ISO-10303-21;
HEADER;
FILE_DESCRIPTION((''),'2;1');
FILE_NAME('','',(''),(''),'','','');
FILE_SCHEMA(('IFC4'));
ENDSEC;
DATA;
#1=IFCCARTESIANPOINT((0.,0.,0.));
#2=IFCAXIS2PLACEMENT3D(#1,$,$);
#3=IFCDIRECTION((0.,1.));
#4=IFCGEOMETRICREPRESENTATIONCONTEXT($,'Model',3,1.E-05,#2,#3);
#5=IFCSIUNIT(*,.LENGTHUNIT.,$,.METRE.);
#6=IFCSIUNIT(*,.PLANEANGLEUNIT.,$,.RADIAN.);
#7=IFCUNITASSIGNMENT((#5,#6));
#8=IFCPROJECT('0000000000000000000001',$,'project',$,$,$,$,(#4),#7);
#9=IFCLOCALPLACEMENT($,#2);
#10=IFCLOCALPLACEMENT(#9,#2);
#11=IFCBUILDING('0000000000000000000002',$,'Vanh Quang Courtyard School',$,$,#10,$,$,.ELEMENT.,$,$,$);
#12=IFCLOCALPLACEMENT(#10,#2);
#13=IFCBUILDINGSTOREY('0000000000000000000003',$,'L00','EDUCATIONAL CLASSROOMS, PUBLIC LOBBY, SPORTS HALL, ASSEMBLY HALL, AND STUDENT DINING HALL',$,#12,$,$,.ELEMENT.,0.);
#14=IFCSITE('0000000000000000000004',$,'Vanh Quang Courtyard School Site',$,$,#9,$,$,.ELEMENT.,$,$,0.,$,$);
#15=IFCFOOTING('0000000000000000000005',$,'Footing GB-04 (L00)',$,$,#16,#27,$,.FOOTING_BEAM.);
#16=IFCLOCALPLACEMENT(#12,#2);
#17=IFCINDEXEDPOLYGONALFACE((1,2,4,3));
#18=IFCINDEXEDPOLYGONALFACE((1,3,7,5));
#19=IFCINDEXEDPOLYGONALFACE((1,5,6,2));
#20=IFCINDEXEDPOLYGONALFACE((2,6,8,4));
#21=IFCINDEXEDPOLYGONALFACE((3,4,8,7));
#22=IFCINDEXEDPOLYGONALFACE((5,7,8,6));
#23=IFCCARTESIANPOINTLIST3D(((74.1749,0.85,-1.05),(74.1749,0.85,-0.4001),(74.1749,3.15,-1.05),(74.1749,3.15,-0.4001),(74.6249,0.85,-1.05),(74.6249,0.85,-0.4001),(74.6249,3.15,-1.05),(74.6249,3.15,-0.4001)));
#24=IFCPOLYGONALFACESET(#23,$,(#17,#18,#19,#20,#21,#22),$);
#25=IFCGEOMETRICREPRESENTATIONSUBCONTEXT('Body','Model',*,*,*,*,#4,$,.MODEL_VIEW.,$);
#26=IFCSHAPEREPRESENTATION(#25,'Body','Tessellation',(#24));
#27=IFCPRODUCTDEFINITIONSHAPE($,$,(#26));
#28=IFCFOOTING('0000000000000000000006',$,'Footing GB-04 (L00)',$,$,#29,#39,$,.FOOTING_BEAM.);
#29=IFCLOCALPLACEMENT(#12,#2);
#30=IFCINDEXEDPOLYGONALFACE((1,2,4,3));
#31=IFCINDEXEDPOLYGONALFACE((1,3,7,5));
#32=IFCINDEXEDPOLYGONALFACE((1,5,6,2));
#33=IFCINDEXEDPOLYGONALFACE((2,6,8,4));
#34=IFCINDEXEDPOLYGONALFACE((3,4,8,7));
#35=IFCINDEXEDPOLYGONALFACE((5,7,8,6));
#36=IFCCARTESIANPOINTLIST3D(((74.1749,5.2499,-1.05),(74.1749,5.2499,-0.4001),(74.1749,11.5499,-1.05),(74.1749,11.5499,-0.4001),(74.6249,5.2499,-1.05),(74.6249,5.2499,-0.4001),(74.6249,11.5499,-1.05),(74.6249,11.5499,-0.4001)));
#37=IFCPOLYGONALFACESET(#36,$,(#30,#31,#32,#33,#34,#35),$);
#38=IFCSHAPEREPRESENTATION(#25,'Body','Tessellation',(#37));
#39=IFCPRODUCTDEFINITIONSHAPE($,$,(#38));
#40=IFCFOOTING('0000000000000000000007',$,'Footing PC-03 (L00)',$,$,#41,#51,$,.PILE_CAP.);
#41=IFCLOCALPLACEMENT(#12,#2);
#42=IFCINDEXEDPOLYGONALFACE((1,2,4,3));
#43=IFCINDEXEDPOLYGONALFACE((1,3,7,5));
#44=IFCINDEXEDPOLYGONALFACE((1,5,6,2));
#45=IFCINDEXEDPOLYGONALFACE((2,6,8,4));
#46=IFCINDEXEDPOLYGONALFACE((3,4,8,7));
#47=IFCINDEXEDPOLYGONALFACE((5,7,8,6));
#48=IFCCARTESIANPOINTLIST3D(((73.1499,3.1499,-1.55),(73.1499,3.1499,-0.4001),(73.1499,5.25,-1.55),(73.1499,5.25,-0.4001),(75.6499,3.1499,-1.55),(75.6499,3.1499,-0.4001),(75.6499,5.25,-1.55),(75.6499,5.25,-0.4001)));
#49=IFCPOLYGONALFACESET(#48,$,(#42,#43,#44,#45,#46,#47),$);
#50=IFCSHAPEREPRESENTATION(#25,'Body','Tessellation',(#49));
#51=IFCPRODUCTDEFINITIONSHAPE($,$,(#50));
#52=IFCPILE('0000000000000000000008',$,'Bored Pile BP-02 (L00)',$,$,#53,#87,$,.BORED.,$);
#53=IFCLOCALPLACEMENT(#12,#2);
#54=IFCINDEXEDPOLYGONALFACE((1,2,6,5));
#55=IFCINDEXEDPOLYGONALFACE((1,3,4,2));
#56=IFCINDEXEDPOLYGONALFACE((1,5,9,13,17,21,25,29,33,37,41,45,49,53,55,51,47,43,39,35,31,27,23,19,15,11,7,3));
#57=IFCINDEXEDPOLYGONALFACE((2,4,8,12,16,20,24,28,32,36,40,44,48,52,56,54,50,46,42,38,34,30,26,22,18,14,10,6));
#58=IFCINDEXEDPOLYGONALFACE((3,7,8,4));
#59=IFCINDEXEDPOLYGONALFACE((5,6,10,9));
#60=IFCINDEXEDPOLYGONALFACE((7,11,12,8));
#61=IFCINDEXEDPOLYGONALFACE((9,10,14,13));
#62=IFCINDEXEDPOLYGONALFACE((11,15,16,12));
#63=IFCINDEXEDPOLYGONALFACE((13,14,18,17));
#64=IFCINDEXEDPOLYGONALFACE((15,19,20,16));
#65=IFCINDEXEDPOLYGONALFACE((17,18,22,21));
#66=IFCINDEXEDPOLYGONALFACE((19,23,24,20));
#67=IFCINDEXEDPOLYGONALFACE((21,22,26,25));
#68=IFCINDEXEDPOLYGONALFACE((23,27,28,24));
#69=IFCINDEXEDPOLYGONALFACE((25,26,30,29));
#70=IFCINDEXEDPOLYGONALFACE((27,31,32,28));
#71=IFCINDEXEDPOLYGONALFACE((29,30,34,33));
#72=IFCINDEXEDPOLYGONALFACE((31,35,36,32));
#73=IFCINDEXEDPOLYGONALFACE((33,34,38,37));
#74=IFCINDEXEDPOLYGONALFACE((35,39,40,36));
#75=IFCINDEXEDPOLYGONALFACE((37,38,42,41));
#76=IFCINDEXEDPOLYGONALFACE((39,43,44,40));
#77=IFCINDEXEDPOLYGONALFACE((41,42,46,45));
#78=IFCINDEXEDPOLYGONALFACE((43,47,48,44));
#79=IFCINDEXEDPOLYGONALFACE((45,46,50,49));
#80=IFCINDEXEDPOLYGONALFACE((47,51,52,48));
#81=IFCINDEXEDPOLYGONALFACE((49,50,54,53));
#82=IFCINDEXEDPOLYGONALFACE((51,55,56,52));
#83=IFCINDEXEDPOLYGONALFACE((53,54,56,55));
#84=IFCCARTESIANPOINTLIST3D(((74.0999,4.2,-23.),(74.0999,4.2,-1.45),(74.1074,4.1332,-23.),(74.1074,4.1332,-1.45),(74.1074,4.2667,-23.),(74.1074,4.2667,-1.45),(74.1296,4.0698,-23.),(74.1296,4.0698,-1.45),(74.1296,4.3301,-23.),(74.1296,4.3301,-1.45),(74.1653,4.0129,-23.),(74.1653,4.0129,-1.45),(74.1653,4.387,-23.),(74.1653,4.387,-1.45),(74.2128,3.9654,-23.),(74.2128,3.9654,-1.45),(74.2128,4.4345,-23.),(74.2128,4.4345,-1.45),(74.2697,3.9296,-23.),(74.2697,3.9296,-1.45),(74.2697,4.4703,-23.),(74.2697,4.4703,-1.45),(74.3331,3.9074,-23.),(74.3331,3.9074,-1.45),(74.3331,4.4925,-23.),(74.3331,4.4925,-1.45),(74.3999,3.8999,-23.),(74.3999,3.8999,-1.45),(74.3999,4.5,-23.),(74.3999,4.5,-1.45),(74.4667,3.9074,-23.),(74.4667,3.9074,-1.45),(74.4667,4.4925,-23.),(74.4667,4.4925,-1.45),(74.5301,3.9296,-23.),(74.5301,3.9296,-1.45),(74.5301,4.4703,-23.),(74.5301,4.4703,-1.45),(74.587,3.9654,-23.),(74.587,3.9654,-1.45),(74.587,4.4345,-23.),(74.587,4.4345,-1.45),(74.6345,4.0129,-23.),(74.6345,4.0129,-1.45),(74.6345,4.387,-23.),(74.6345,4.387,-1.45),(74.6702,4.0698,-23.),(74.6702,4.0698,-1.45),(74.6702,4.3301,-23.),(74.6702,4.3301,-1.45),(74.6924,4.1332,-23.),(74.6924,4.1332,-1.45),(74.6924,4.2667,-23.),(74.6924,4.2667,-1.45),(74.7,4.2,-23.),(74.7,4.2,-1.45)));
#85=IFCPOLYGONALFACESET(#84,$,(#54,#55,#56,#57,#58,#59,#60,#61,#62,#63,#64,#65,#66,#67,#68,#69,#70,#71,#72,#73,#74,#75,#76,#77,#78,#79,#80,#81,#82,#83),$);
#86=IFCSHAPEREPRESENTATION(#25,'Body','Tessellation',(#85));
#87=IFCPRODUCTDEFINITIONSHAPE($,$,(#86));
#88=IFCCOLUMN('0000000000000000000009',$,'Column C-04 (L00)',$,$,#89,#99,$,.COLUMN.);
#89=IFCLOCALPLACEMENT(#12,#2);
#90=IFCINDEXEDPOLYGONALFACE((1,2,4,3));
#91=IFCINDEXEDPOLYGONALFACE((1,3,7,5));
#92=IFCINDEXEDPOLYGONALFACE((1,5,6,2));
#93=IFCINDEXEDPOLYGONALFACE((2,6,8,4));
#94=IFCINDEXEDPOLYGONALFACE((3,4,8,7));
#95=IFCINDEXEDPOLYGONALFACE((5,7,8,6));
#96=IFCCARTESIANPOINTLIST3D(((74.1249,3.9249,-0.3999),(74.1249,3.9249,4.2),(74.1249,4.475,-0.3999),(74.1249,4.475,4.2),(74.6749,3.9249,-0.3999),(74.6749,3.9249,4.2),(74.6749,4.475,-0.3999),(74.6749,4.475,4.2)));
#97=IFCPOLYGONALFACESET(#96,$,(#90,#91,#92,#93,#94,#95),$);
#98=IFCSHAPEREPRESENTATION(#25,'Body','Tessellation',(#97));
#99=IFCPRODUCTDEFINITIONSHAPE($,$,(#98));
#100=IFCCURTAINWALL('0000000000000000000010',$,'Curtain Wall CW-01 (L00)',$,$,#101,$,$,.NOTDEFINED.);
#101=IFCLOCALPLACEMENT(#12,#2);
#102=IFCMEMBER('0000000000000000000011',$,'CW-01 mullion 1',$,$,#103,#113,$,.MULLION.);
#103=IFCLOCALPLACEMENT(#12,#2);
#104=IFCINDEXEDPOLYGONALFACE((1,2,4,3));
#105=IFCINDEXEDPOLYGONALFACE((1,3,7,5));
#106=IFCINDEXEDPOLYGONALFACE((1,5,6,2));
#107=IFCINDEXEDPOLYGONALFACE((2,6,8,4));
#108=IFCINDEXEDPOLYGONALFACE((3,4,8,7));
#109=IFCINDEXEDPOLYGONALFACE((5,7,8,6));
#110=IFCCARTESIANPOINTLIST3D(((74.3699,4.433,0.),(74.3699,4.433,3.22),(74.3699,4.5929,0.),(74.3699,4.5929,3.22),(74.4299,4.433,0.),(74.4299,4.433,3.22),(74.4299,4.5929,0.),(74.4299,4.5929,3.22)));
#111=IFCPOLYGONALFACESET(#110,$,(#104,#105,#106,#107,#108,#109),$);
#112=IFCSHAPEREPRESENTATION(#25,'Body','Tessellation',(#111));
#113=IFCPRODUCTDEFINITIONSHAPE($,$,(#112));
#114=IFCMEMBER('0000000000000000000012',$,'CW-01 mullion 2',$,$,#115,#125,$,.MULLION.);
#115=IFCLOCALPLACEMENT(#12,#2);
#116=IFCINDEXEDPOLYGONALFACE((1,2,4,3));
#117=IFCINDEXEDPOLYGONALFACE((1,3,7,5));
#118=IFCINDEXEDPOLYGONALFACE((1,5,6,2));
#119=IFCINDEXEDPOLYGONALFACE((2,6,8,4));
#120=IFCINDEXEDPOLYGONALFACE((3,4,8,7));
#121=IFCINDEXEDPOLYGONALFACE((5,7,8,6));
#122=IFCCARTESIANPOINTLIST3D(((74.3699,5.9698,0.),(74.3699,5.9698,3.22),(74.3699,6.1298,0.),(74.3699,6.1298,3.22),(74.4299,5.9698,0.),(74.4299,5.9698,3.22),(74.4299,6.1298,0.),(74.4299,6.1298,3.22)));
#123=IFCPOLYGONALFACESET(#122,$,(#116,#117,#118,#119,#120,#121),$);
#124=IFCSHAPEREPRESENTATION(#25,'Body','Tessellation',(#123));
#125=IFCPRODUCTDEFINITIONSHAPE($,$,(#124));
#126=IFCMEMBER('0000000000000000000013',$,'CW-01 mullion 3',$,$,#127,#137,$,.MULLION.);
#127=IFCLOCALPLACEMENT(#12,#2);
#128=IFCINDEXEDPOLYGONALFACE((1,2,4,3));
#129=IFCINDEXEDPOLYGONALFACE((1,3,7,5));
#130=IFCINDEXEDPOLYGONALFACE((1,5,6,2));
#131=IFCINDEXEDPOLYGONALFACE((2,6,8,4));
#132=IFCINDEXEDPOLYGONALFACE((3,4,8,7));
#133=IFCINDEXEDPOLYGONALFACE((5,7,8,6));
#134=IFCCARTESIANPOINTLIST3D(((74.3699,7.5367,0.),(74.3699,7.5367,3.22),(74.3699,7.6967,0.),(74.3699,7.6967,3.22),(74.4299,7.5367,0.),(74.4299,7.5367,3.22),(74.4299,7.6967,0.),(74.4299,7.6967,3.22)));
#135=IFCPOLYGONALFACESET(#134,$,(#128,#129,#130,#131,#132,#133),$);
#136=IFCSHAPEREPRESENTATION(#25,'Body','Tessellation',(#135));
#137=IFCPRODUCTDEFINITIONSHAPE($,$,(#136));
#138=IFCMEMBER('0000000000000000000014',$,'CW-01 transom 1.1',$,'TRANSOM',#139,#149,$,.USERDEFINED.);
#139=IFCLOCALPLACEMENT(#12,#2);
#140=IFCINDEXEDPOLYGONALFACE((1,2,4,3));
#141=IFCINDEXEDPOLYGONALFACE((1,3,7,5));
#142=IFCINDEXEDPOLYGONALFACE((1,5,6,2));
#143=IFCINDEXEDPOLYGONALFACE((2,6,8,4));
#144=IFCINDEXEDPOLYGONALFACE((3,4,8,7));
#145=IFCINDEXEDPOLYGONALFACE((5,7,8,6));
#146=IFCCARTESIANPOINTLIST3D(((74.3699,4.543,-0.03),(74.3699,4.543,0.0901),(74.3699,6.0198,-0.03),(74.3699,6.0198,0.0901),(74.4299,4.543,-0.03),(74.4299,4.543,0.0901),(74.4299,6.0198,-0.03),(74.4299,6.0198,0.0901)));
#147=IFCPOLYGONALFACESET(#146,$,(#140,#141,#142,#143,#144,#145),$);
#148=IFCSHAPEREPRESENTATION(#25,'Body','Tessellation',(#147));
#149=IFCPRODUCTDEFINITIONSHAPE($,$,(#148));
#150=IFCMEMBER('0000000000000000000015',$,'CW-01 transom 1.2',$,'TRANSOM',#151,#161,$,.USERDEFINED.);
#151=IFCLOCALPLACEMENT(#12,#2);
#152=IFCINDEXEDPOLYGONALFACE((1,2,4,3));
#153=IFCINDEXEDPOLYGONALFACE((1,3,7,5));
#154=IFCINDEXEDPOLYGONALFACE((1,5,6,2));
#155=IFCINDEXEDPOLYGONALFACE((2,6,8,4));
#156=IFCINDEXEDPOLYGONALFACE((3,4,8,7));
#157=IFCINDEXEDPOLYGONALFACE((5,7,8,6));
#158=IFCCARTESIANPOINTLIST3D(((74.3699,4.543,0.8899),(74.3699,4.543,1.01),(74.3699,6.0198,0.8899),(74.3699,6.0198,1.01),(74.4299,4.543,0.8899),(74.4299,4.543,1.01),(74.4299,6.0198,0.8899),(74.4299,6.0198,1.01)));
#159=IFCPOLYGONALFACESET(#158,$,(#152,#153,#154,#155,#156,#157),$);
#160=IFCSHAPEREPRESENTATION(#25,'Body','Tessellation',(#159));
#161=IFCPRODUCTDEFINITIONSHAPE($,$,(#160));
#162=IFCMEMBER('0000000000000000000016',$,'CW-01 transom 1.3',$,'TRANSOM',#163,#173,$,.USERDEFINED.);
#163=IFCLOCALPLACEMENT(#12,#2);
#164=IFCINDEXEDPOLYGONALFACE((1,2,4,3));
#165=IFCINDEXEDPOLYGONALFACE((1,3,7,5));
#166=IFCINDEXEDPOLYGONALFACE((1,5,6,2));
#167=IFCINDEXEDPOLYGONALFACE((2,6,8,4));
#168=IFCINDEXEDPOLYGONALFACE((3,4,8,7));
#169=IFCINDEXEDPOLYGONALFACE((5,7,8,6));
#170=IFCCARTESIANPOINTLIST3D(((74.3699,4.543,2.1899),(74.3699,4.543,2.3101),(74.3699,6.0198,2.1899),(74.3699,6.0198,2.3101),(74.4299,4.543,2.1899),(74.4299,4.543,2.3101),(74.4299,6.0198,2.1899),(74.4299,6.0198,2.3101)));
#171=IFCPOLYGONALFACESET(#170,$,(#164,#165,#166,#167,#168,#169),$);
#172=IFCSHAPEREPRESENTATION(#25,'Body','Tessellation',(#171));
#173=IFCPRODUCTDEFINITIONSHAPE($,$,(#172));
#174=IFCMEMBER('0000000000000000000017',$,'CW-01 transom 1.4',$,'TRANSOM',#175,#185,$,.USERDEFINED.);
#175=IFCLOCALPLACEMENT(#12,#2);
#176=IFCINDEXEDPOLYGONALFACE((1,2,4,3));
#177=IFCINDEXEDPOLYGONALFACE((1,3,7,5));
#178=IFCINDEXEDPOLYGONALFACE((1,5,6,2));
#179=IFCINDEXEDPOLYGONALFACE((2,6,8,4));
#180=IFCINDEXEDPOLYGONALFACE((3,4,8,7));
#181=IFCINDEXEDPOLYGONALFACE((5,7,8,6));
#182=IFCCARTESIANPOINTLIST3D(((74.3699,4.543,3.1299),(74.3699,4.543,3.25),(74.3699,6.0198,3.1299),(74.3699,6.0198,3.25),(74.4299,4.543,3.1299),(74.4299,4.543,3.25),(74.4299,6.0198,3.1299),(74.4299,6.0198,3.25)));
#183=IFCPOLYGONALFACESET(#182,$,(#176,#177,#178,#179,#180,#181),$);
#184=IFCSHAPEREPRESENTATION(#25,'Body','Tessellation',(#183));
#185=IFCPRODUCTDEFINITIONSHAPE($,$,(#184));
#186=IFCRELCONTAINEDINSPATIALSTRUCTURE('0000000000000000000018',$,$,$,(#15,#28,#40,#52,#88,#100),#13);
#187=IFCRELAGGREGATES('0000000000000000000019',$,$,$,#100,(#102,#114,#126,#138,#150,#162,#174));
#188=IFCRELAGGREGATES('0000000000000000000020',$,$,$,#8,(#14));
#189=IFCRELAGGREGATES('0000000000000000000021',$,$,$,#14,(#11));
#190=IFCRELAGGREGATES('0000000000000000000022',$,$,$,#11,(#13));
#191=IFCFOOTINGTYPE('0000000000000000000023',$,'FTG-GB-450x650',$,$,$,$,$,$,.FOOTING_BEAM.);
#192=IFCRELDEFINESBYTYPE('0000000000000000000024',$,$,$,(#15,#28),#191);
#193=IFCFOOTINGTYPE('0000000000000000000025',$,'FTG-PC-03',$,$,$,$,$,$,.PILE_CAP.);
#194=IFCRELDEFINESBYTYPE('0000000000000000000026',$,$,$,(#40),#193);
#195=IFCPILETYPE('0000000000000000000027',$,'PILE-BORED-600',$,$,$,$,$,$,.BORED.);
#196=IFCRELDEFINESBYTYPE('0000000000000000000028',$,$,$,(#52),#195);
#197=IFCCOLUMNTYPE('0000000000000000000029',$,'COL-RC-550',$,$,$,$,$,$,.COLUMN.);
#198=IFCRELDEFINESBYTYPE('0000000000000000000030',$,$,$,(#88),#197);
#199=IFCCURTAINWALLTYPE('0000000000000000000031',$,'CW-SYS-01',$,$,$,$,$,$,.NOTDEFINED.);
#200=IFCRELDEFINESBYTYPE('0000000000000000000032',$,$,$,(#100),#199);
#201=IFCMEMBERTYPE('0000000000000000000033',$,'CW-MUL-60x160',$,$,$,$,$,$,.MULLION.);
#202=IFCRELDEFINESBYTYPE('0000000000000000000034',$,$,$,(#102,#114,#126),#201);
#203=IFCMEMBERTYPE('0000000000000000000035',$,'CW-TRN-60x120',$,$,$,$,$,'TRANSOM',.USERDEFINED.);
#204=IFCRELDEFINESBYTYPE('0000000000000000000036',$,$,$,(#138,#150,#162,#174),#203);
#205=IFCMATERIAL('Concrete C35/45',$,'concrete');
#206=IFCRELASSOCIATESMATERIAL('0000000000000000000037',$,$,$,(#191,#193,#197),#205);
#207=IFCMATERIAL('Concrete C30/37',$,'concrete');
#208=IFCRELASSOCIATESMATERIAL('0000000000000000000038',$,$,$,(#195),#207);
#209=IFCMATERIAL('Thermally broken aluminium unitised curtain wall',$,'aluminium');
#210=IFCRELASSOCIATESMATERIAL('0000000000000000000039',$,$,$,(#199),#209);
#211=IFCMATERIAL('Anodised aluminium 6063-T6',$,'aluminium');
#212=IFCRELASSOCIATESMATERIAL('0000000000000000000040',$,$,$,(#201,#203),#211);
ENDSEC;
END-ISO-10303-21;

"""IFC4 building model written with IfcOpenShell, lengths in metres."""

from ifc_helpers import new_model, si_unit, direction, frame, origin, origin_2d, place, context, subcontext, project, spatial, rectangle, circle, extrude, material, material_profile, profile_set, type_object, element, aggregate, save


model = new_model("IFC4")

# Units and contexts
model_context = context("Model", 3, precision=1e-05, world=origin(), true_north=direction((0.0, 1.0)))
body_context = subcontext(model_context, "Body", "Model", "MODEL_VIEW")
ifc_project = project(units=[si_unit("LENGTHUNIT", "METRE"), si_unit("PLANEANGLEUNIT", "RADIAN")], contexts=[model_context])

# Site, building, storey
site_placement = place(None, origin())
site = spatial("IfcSite", under=ifc_project, at=site_placement, Name="Vanh Quang Courtyard School Site", CompositionType="ELEMENT", RefElevation=0.0)
building_placement = place(site_placement, origin())
building = spatial("IfcBuilding", under=site, at=building_placement, Name="Vanh Quang Courtyard School", CompositionType="ELEMENT")
storey_placement = place(building_placement, origin())
storey = spatial("IfcBuildingStorey", under=building, at=storey_placement, Name="L00", Description="EDUCATIONAL CLASSROOMS, PUBLIC LOBBY, SPORTS HALL, ASSEMBLY HALL, AND STUDENT DINING HALL", CompositionType="ELEMENT", Elevation=0.0)

# Footings
ifc_material_1 = material(Name="Concrete C35/45", Category="concrete")
footing_type_1 = type_object("IfcFootingType", Name="FTG-GB-450x650", PredefinedType="FOOTING_BEAM", material=ifc_material_1)
footing_1_placement = place(storey_placement, frame((74.3999, 2.0, -1.05), z_axis=(0.0, 0.0, 1.0), x_axis=(0.0, 1.0, 0.0)))
element("IfcFooting", 1, at=footing_1_placement, inside=storey, type_object=footing_type_1, Name="Footing GB-04 (L00)", PredefinedType="FOOTING_BEAM", context=body_context, shape_type="SweptSolid", body=[
    extrude(rectangle(XDim=2.3, YDim=0.45, at=origin_2d()), origin(), (0.0, 0.0, 1.0), 0.6499),
])
footing_2_placement = place(storey_placement, frame((74.3999, 8.3999, -1.05), z_axis=(0.0, 0.0, 1.0), x_axis=(0.0, 1.0, 0.0)))
element("IfcFooting", 2, at=footing_2_placement, inside=storey, type_object=footing_type_1, Name="Footing GB-04 (L00)", PredefinedType="FOOTING_BEAM", context=body_context, shape_type="SweptSolid", body=[
    extrude(rectangle(XDim=6.3, YDim=0.45, at=origin_2d()), origin(), (0.0, 0.0, 1.0), 0.6499),
])
footing_type_2 = type_object("IfcFootingType", Name="FTG-PC-03", PredefinedType="PILE_CAP", material=ifc_material_1)
footing_3_placement = place(storey_placement, frame((74.3999, 4.2, -1.55), z_axis=(0.0, 0.0, 1.0), x_axis=(1.0, 0.0, 0.0)))
element("IfcFooting", 3, at=footing_3_placement, inside=storey, type_object=footing_type_2, Name="Footing PC-03 (L00)", PredefinedType="PILE_CAP", context=body_context, shape_type="SweptSolid", body=[
    extrude(rectangle(XDim=2.5, YDim=2.1001, at=origin_2d()), origin(), (0.0, 0.0, 1.0), 1.1499),
])

# Pile
ifc_material_2 = material(Name="Concrete C30/37", Category="concrete")
ifc_material_profile_1 = material_profile(ifc_material_2, circle(Radius=0.3, at=origin_2d()), Name="PILE D600")
ifc_profile_set_1 = profile_set([ifc_material_profile_1], Name="Concrete C30/37")
pile_type = type_object("IfcPileType", Name="PILE-BORED-600", PredefinedType="BORED", material=ifc_profile_set_1)
pile_placement = place(storey_placement, frame((74.3999, 4.2, -1.45), z_axis=(0.0, 0.0, -1.0), x_axis=(1.0, 0.0, 0.0)))
element("IfcPile", 4, at=pile_placement, inside=storey, type_object=pile_type, Name="Bored Pile BP-02 (L00)", PredefinedType="BORED", context=body_context, shape_type="SweptSolid", body=[
    extrude(circle(Radius=0.3, at=origin_2d()), origin(), (0.0, 0.0, 1.0), 21.55),
])

# Column
ifc_material_profile_2 = material_profile(ifc_material_1, rectangle(XDim=0.55, YDim=0.55, at=origin_2d()), Name="RC-COL 550x550")
ifc_profile_set_2 = profile_set([ifc_material_profile_2], Name="Concrete C35/45")
column_type = type_object("IfcColumnType", Name="COL-RC-550", PredefinedType="COLUMN", material=ifc_profile_set_2)
column_placement = place(storey_placement, frame((74.3999, 4.2, -0.3999), z_axis=(0.0, 0.0, 1.0), x_axis=(1.0, 0.0, 0.0)))
element("IfcColumn", 5, at=column_placement, inside=storey, type_object=column_type, Name="Column C-04 (L00)", PredefinedType="COLUMN", context=body_context, shape_type="SweptSolid", body=[
    extrude(rectangle(XDim=0.55, YDim=0.55, at=origin_2d()), origin(), (0.0, 0.0, 1.0), 4.5999),
])

# Curtain wall, members
ifc_material_3 = material(Name="Thermally broken aluminium unitised curtain wall", Category="aluminium")
curtain_wall_type = type_object("IfcCurtainWallType", Name="CW-SYS-01", PredefinedType="NOTDEFINED", material=ifc_material_3)
curtain_wall_placement = place(storey_placement, origin())
curtain_wall = element("IfcCurtainWall", 6, at=curtain_wall_placement, inside=storey, type_object=curtain_wall_type, Name="Curtain Wall CW-01 (L00)", PredefinedType="NOTDEFINED")
ifc_material_4 = material(Name="Anodised aluminium 6063-T6", Category="aluminium")
ifc_material_profile_3 = material_profile(ifc_material_4, rectangle(XDim=0.0601, YDim=0.1599, at=origin_2d()), Name="ALU-MUL 60x160")
ifc_profile_set_3 = profile_set([ifc_material_profile_3], Name="Anodised aluminium 6063-T6")
member_type_1 = type_object("IfcMemberType", Name="CW-MUL-60x160", PredefinedType="MULLION", material=ifc_profile_set_3)
member_1_placement = place(storey_placement, frame((74.3999, 4.5129, 0.0), z_axis=(0.0, 0.0, 1.0), x_axis=(-1.0, 0.0, 0.0)))
member_1 = element("IfcMember", 7, at=member_1_placement, type_object=member_type_1, Name="CW-01 mullion 1", PredefinedType="MULLION", context=body_context, shape_type="SweptSolid", body=[
    extrude(rectangle(XDim=0.0601, YDim=0.1599, at=origin_2d()), origin(), (0.0, 0.0, 1.0), 3.22),
])
member_2_placement = place(storey_placement, frame((74.3999, 6.0498, 0.0), z_axis=(0.0, 0.0, 1.0), x_axis=(-1.0, 0.0, 0.0)))
member_2 = element("IfcMember", 8, at=member_2_placement, type_object=member_type_1, Name="CW-01 mullion 2", PredefinedType="MULLION", context=body_context, shape_type="SweptSolid", body=[
    extrude(rectangle(XDim=0.0601, YDim=0.1599, at=origin_2d()), origin(), (0.0, 0.0, 1.0), 3.22),
])
member_3_placement = place(storey_placement, frame((74.3999, 7.6167, 0.0), z_axis=(0.0, 0.0, 1.0), x_axis=(-1.0, 0.0, 0.0)))
member_3 = element("IfcMember", 9, at=member_3_placement, type_object=member_type_1, Name="CW-01 mullion 3", PredefinedType="MULLION", context=body_context, shape_type="SweptSolid", body=[
    extrude(rectangle(XDim=0.0601, YDim=0.1599, at=origin_2d()), origin(), (0.0, 0.0, 1.0), 3.22),
])
ifc_material_profile_4 = material_profile(ifc_material_4, rectangle(XDim=0.0601, YDim=0.1201, at=origin_2d()), Name="ALU-TRN 60x120")
ifc_profile_set_4 = profile_set([ifc_material_profile_4], Name="Anodised aluminium 6063-T6")
member_type_2 = type_object("IfcMemberType", Name="CW-TRN-60x120", ElementType="TRANSOM", PredefinedType="USERDEFINED", material=ifc_profile_set_4)
member_4_placement = place(storey_placement, frame((74.3999, 4.543, 0.03), z_axis=(0.0, 1.0, 0.0), x_axis=(-1.0, 0.0, 0.0)))
member_4 = element("IfcMember", 10, at=member_4_placement, type_object=member_type_2, Name="CW-01 transom 1.1", ObjectType="TRANSOM", PredefinedType="USERDEFINED", context=body_context, shape_type="SweptSolid", body=[
    extrude(rectangle(XDim=0.0601, YDim=0.1201, at=origin_2d()), origin(), (0.0, 0.0, 1.0), 1.4768),
])
member_5_placement = place(storey_placement, frame((74.3999, 4.543, 0.95), z_axis=(0.0, 1.0, 0.0), x_axis=(-1.0, 0.0, 0.0)))
member_5 = element("IfcMember", 11, at=member_5_placement, type_object=member_type_2, Name="CW-01 transom 1.2", ObjectType="TRANSOM", PredefinedType="USERDEFINED", context=body_context, shape_type="SweptSolid", body=[
    extrude(rectangle(XDim=0.0601, YDim=0.1201, at=origin_2d()), origin(), (0.0, 0.0, 1.0), 1.4768),
])
member_6_placement = place(storey_placement, frame((74.3999, 4.543, 2.25), z_axis=(0.0, 1.0, 0.0), x_axis=(-1.0, 0.0, 0.0)))
member_6 = element("IfcMember", 12, at=member_6_placement, type_object=member_type_2, Name="CW-01 transom 1.3", ObjectType="TRANSOM", PredefinedType="USERDEFINED", context=body_context, shape_type="SweptSolid", body=[
    extrude(rectangle(XDim=0.0601, YDim=0.1201, at=origin_2d()), origin(), (0.0, 0.0, 1.0), 1.4768),
])
member_7_placement = place(storey_placement, frame((74.3999, 4.543, 3.1899), z_axis=(0.0, 1.0, 0.0), x_axis=(-1.0, 0.0, 0.0)))
member_7 = element("IfcMember", 13, at=member_7_placement, type_object=member_type_2, Name="CW-01 transom 1.4", ObjectType="TRANSOM", PredefinedType="USERDEFINED", context=body_context, shape_type="SweptSolid", body=[
    extrude(rectangle(XDim=0.0601, YDim=0.1201, at=origin_2d()), origin(), (0.0, 0.0, 1.0), 1.4768),
])
aggregate(curtain_wall, [member_1, member_2, member_3, member_4, member_5, member_6, member_7])

save(model, "model.ifc")
